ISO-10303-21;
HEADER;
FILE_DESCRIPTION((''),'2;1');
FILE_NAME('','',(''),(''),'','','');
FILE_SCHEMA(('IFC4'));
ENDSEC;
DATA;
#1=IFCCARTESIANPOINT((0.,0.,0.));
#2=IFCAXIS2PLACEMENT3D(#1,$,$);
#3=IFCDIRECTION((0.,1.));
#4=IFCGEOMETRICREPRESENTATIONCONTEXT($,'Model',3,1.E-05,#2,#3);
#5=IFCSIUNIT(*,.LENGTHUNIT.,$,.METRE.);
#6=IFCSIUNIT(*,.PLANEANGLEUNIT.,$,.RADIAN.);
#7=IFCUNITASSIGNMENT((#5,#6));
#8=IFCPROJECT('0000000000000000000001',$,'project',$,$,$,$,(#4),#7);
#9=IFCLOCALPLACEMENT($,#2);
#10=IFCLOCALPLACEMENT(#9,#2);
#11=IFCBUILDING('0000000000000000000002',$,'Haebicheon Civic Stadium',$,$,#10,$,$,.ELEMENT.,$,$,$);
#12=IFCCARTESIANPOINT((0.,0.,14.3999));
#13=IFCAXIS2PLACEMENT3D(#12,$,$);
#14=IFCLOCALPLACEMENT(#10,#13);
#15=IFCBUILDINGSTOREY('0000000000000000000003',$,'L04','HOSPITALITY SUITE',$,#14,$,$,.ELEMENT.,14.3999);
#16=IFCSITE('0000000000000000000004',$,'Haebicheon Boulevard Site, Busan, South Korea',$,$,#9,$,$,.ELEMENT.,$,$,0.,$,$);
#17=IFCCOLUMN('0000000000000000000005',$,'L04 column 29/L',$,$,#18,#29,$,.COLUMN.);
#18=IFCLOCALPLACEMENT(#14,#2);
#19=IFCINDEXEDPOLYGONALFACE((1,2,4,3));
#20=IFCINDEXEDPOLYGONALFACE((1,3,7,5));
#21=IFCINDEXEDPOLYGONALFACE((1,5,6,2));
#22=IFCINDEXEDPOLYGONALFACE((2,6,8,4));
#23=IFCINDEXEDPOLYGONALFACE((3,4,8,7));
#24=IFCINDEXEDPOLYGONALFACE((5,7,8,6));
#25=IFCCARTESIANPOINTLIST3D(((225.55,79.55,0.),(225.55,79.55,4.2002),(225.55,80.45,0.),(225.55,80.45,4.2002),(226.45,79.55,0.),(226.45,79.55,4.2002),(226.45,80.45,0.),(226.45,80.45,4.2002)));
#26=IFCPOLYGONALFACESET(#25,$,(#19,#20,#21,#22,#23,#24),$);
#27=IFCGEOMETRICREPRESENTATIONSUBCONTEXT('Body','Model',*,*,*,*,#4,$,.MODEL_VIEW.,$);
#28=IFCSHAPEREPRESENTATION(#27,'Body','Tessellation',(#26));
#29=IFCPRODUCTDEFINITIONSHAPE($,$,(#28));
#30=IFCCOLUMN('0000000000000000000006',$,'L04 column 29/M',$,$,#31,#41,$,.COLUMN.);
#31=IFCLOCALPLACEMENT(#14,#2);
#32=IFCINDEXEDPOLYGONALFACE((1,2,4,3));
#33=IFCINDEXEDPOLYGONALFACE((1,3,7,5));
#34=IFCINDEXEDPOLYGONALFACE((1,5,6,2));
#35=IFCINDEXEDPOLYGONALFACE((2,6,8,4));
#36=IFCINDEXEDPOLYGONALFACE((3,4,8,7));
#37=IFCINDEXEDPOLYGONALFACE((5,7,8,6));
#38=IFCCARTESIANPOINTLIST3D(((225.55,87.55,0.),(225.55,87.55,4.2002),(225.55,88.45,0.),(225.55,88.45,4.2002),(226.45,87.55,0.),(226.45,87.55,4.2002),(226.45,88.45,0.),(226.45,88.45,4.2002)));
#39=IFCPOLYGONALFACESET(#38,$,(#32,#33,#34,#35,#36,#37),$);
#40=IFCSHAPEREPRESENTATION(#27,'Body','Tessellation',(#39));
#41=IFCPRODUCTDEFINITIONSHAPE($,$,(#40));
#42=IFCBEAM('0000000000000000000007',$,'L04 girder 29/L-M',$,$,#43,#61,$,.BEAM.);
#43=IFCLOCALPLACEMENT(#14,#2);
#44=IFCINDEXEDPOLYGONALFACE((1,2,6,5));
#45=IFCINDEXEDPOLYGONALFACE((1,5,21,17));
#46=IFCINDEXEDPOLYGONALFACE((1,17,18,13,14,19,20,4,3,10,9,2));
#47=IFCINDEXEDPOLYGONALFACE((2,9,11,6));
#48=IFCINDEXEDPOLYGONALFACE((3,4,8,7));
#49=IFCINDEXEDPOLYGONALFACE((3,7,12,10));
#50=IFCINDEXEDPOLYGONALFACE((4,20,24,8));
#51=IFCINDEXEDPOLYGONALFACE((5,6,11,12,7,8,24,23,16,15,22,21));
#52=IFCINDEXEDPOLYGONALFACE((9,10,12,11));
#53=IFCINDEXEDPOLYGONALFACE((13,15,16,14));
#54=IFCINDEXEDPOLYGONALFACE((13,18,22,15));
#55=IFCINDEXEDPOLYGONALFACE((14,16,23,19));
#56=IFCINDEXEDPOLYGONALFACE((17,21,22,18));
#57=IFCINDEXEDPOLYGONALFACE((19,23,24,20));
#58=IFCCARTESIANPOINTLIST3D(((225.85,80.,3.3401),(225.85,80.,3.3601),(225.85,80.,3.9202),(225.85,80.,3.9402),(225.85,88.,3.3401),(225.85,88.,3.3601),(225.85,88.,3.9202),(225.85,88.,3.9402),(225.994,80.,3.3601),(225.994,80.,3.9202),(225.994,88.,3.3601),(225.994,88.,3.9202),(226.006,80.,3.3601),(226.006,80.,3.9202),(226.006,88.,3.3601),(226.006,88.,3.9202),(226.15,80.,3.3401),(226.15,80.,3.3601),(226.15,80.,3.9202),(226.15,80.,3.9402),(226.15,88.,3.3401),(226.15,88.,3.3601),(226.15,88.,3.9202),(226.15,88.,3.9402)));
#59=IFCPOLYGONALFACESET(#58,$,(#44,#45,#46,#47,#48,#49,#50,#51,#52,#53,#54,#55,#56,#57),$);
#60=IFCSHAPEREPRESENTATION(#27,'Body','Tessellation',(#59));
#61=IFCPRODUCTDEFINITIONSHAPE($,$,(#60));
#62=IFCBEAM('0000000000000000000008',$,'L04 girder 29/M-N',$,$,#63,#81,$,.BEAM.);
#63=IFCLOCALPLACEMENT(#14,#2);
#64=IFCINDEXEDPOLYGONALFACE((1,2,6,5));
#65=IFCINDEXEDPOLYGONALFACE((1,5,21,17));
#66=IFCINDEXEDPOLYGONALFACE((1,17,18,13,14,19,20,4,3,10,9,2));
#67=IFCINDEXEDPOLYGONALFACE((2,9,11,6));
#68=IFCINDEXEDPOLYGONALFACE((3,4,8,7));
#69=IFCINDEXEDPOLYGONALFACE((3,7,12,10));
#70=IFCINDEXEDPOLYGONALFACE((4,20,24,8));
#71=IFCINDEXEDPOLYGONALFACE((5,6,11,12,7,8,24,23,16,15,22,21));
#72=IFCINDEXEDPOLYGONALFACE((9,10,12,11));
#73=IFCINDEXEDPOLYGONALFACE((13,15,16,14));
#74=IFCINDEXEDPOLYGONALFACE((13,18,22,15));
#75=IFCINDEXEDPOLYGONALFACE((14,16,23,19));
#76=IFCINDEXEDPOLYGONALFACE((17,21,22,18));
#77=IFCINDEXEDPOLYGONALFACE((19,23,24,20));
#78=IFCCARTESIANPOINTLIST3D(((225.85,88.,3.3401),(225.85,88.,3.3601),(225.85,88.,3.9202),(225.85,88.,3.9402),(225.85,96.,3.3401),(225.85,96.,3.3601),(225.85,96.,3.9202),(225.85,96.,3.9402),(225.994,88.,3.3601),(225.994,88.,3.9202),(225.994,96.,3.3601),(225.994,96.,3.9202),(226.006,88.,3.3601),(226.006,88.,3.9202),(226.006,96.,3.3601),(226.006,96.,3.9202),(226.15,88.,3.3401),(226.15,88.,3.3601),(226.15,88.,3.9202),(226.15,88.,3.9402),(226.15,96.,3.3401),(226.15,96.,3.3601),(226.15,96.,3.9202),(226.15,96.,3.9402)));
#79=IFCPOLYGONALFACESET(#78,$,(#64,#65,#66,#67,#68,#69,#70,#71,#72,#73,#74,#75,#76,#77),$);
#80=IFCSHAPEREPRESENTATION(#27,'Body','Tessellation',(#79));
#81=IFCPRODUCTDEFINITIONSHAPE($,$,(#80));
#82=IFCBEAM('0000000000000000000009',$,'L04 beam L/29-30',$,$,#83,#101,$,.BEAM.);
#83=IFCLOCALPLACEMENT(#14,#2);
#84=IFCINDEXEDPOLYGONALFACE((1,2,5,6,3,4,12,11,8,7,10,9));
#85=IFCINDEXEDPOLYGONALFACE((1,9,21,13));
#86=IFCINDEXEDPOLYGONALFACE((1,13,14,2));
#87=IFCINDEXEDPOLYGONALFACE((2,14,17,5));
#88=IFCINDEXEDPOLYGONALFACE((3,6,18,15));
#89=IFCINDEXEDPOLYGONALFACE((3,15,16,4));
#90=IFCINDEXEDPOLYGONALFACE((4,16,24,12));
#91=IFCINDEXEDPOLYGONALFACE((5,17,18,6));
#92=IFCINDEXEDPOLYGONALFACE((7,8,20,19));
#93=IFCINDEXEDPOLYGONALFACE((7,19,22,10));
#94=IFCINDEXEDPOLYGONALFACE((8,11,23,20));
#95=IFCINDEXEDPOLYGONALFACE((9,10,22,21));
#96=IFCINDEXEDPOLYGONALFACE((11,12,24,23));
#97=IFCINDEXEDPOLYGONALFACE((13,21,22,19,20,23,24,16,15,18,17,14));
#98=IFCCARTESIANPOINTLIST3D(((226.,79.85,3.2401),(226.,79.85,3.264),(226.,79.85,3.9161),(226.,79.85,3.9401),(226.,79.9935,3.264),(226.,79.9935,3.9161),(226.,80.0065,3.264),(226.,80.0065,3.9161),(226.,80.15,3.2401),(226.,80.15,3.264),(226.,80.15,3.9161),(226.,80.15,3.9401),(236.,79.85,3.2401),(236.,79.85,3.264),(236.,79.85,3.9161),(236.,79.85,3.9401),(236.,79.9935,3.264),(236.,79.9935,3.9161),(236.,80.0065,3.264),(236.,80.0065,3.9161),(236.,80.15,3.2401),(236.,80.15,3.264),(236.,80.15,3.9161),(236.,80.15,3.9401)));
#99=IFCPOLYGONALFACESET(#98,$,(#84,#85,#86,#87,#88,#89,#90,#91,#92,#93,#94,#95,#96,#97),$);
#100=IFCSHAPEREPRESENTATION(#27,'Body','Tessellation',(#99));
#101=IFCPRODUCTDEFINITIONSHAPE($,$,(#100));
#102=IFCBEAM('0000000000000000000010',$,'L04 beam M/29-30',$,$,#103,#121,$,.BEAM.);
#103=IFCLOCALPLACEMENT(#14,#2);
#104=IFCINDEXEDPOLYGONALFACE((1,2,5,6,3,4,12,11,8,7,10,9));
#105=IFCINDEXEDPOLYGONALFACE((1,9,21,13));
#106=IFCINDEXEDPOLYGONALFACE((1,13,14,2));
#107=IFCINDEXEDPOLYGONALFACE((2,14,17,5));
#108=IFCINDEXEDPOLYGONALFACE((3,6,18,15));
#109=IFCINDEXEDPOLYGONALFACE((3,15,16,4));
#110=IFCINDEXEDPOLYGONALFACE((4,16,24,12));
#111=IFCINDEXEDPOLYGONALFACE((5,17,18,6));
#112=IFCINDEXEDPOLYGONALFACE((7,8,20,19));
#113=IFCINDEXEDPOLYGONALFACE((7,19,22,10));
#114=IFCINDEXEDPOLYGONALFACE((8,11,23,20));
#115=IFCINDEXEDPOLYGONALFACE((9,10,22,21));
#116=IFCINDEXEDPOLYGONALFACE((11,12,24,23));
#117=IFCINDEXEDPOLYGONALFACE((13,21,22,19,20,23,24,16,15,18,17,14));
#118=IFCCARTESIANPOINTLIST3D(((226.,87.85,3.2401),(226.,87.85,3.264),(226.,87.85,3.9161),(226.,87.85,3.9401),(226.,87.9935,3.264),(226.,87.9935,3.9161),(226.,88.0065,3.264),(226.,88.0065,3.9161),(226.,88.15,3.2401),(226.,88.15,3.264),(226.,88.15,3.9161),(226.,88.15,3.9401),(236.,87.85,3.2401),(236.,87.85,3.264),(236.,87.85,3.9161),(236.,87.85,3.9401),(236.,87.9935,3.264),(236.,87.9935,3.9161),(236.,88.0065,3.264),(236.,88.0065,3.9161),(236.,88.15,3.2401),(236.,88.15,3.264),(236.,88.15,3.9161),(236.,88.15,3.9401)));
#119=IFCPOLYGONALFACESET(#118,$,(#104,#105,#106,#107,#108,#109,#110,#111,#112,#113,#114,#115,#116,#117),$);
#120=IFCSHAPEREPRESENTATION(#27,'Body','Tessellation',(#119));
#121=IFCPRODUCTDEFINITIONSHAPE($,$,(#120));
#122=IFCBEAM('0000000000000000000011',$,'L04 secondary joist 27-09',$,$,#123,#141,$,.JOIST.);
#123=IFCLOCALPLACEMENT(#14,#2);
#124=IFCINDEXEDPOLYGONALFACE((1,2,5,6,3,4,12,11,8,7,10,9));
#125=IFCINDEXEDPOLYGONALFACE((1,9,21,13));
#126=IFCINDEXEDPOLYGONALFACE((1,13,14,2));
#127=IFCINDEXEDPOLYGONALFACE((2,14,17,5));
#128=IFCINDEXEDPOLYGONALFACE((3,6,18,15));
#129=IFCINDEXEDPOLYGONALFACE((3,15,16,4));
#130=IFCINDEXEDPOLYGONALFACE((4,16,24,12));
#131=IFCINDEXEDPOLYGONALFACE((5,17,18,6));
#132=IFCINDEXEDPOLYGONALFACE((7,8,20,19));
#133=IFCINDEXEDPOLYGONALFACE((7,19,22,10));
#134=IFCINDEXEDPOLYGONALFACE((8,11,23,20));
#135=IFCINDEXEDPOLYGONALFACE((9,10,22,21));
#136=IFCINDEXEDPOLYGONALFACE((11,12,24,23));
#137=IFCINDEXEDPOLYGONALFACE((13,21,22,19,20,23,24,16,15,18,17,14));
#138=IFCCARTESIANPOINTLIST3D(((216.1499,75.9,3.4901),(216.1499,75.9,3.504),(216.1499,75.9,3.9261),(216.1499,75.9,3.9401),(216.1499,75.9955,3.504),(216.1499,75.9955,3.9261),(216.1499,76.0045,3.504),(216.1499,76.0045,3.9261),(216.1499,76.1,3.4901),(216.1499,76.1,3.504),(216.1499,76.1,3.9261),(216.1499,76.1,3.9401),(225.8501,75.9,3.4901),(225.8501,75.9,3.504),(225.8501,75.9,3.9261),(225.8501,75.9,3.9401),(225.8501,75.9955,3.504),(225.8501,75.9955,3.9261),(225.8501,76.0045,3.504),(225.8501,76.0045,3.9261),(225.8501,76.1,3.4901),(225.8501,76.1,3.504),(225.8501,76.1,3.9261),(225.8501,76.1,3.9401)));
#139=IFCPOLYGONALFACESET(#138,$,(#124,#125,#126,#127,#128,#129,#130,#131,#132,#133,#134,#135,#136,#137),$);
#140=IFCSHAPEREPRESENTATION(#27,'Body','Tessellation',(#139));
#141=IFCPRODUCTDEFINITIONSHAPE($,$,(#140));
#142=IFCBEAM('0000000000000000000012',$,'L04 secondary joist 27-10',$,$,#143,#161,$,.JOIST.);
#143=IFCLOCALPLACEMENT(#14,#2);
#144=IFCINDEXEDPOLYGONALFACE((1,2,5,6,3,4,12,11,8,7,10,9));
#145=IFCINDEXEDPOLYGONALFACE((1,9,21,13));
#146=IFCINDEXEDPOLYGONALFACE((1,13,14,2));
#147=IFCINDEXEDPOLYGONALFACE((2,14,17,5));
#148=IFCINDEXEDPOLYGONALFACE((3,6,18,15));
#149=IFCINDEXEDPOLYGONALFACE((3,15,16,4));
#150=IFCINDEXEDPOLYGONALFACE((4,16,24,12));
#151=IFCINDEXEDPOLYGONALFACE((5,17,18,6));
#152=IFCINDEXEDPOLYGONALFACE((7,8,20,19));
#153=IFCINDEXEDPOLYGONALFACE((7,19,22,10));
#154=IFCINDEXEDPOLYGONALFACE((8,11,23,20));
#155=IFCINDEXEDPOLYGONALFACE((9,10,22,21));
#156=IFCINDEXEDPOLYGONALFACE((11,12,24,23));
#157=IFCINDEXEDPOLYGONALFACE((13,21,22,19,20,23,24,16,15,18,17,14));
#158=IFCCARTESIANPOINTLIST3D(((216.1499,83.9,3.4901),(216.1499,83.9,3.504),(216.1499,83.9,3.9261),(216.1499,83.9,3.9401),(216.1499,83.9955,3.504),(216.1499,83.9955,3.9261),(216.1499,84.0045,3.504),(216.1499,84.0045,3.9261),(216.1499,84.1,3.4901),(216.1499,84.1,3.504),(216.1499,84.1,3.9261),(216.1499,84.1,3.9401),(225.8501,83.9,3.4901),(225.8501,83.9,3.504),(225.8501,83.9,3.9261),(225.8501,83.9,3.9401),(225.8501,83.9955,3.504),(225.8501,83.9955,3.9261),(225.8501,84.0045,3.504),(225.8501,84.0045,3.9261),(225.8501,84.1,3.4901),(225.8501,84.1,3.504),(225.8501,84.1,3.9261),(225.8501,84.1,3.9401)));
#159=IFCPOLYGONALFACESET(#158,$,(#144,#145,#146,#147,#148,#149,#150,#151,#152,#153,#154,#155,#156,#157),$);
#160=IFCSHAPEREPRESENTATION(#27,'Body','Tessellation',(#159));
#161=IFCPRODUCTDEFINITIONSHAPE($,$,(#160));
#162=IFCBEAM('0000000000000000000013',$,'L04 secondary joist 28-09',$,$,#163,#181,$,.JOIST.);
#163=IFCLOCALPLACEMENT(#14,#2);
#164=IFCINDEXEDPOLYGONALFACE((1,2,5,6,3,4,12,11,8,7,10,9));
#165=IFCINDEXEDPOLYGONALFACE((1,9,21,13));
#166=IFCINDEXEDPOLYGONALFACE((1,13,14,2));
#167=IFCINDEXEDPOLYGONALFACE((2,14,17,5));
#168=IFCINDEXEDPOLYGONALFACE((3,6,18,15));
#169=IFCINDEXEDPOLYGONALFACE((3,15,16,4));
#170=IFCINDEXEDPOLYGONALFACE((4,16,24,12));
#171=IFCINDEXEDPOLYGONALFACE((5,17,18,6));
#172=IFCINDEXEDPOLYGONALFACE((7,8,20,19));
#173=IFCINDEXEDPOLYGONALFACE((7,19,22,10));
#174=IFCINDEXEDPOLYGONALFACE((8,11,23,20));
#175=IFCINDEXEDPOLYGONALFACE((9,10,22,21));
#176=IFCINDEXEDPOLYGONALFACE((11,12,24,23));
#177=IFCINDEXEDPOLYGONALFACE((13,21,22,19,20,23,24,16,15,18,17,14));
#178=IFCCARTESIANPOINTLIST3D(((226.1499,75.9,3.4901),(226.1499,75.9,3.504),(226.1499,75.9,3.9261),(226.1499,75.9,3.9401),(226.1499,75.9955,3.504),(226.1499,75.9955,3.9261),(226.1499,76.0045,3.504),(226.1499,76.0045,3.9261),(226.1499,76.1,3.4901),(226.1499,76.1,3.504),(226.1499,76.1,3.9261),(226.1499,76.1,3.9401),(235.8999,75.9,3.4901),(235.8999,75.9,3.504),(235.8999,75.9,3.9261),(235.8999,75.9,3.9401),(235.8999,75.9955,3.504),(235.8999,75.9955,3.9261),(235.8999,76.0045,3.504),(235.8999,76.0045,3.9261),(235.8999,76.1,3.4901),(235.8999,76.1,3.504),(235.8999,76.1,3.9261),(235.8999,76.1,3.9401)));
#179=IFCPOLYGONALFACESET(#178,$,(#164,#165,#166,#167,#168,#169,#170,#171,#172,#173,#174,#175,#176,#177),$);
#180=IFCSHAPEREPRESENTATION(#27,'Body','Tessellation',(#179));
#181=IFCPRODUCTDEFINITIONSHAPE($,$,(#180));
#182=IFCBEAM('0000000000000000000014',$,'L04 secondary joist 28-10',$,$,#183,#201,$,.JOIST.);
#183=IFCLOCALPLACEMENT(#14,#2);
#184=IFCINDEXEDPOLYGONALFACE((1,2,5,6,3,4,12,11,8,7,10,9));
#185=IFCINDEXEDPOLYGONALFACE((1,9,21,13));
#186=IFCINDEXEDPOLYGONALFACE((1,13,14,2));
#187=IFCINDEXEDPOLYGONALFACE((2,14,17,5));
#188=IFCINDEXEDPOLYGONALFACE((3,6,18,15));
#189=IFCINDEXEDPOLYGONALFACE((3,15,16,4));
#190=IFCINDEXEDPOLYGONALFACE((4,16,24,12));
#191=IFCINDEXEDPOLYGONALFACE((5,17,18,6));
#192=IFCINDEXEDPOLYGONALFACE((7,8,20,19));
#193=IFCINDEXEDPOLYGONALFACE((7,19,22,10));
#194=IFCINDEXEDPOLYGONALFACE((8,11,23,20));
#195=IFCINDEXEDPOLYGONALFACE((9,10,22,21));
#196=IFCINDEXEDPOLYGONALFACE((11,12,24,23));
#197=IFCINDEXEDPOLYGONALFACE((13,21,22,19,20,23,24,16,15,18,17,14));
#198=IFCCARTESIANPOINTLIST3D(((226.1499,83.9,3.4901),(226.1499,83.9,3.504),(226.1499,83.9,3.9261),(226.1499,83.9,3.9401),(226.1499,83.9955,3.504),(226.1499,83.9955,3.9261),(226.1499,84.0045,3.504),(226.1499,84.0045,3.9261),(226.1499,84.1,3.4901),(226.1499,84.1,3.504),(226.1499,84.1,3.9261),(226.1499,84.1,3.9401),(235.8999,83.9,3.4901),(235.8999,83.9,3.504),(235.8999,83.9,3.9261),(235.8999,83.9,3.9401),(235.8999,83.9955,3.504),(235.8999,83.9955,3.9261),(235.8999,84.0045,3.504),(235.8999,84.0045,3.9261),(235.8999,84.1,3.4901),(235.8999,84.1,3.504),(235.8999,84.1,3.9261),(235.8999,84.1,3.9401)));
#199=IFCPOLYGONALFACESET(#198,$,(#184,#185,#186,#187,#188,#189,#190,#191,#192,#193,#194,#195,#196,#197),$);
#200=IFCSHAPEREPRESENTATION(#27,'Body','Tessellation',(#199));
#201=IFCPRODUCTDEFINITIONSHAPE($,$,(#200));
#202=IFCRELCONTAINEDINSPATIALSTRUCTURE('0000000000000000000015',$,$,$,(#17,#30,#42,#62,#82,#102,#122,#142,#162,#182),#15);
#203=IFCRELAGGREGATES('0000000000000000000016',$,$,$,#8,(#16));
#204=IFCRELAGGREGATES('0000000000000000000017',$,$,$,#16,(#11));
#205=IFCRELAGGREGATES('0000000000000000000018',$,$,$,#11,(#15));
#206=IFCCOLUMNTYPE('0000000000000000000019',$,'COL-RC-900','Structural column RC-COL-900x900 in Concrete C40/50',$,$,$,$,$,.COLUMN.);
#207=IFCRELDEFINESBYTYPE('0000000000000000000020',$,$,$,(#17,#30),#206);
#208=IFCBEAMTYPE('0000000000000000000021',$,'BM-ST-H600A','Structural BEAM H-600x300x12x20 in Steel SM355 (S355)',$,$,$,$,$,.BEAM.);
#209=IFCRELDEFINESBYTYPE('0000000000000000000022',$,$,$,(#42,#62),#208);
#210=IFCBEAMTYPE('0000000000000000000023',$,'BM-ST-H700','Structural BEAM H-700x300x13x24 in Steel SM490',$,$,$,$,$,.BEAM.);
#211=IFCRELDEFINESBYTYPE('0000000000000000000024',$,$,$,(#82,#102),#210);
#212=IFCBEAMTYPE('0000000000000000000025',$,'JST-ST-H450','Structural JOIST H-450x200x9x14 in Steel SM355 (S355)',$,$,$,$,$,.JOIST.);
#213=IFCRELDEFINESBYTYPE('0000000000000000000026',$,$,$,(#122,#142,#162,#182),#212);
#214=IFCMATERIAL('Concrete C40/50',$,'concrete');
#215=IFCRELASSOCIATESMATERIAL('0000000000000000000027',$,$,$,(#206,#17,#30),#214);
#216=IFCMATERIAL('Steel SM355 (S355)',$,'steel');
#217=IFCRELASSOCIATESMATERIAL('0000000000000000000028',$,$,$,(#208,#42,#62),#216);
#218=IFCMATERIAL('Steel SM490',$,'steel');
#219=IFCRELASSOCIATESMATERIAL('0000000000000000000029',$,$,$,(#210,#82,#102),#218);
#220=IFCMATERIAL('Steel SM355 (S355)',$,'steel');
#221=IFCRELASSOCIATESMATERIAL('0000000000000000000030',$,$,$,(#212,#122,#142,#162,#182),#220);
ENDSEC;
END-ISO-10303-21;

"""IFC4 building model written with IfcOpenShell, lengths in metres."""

from ifc_helpers import new_model, si_unit, direction, frame, origin, origin_2d, place, context, subcontext, project, spatial, rectangle, i_section, extrude, material, material_profile, profile_set, type_object, element, save


model = new_model("IFC4")

# Units and contexts
model_context = context("Model", 3, precision=1e-05, world=origin(), true_north=direction((0.0, 1.0)))
body_context = subcontext(model_context, "Body", "Model", "MODEL_VIEW")
ifc_project = project(units=[si_unit("LENGTHUNIT", "METRE"), si_unit("PLANEANGLEUNIT", "RADIAN")], contexts=[model_context])

# Site, building, storey
site_placement = place(None, origin())
site = spatial("IfcSite", under=ifc_project, at=site_placement, Name="Haebicheon Boulevard Site, Busan, South Korea", CompositionType="ELEMENT", RefElevation=0.0)
building_placement = place(site_placement, origin())
building = spatial("IfcBuilding", under=site, at=building_placement, Name="Haebicheon Civic Stadium", CompositionType="ELEMENT")
storey_placement = place(building_placement, frame((0.0, 0.0, 14.3999)))
storey = spatial("IfcBuildingStorey", under=building, at=storey_placement, Name="L04", Description="HOSPITALITY SUITE", CompositionType="ELEMENT", Elevation=14.3999)

# Columns
ifc_material_1 = material(Name="Concrete C40/50", Category="concrete")
ifc_material_profile_1 = material_profile(ifc_material_1, rectangle(XDim=0.8999, YDim=0.8999, at=origin_2d()), Name="RC-COL-900x900")
ifc_profile_set_1 = profile_set([ifc_material_profile_1], Name="Concrete C40/50")
column_type = type_object("IfcColumnType", Name="COL-RC-900", Description="Structural column RC-COL-900x900 in Concrete C40/50", PredefinedType="COLUMN", material=ifc_profile_set_1)
for number, where, z_axis, x_axis, name in (
    (1, (226.0, 80.0, 0.0), (0.0, 0.0, 1.0), (1.0, 0.0, 0.0), "L04 column 29/L"),
    (2, (226.0, 88.0, 0.0), (0.0, 0.0, 1.0), (1.0, 0.0, 0.0), "L04 column 29/M"),
):
    element("IfcColumn", number, at=place(storey_placement, frame(where, z_axis=z_axis, x_axis=x_axis)), inside=storey, type_object=column_type, material=ifc_profile_set_1, Name=name, PredefinedType="COLUMN", context=body_context, shape_type="SweptSolid", body=[
        extrude(rectangle(XDim=0.8999, YDim=0.8999, at=origin_2d()), origin(), (0.0, 0.0, 1.0), 4.2002),
    ])

# Beams
ifc_material_2 = material(Name="Steel SM355 (S355)", Category="steel")
ifc_material_profile_2 = material_profile(ifc_material_2, i_section(OverallWidth=0.3, OverallDepth=0.6001, WebThickness=0.012, FlangeThickness=0.02, at=origin_2d()), Name="H-600x300x12x20")
ifc_profile_set_2 = profile_set([ifc_material_profile_2], Name="Steel SM355 (S355)")
beam_type_1 = type_object("IfcBeamType", Name="BM-ST-H600A", Description="Structural BEAM H-600x300x12x20 in Steel SM355 (S355)", PredefinedType="BEAM", material=ifc_profile_set_2)
for number, where, z_axis, x_axis, name in (
    (3, (226.0, 80.0, 3.6401), (0.0, 1.0, 0.0), (-1.0, 0.0, 0.0), "L04 girder 29/L-M"),
    (4, (226.0, 88.0, 3.6401), (0.0, 1.0, 0.0), (-1.0, 0.0, 0.0), "L04 girder 29/M-N"),
):
    element("IfcBeam", number, at=place(storey_placement, frame(where, z_axis=z_axis, x_axis=x_axis)), inside=storey, type_object=beam_type_1, material=ifc_profile_set_2, Name=name, PredefinedType="BEAM", context=body_context, shape_type="SweptSolid", body=[
        extrude(i_section(OverallWidth=0.3, OverallDepth=0.6001, WebThickness=0.012, FlangeThickness=0.02, at=origin_2d()), origin(), (0.0, 0.0, 1.0), 8.0),
    ])
ifc_material_3 = material(Name="Steel SM490", Category="steel")
ifc_material_profile_3 = material_profile(ifc_material_3, i_section(OverallWidth=0.3, OverallDepth=0.7, WebThickness=0.0129, FlangeThickness=0.0239, at=origin_2d()), Name="H-700x300x13x24")
ifc_profile_set_3 = profile_set([ifc_material_profile_3], Name="Steel SM490")
beam_type_2 = type_object("IfcBeamType", Name="BM-ST-H700", Description="Structural BEAM H-700x300x13x24 in Steel SM490", PredefinedType="BEAM", material=ifc_profile_set_3)
for number, where, z_axis, x_axis, name in (
    (5, (226.0, 80.0, 3.5901), (1.0, 0.0, 0.0), (0.0, 1.0, 0.0), "L04 beam L/29-30"),
    (6, (226.0, 88.0, 3.5901), (1.0, 0.0, 0.0), (0.0, 1.0, 0.0), "L04 beam M/29-30"),
):
    element("IfcBeam", number, at=place(storey_placement, frame(where, z_axis=z_axis, x_axis=x_axis)), inside=storey, type_object=beam_type_2, material=ifc_profile_set_3, Name=name, PredefinedType="BEAM", context=body_context, shape_type="SweptSolid", body=[
        extrude(i_section(OverallWidth=0.3, OverallDepth=0.7, WebThickness=0.0129, FlangeThickness=0.0239, at=origin_2d()), origin(), (0.0, 0.0, 1.0), 10.0),
    ])
ifc_material_4 = material(Name="Steel SM355 (S355)", Category="steel")
ifc_material_profile_4 = material_profile(ifc_material_4, i_section(OverallWidth=0.2, OverallDepth=0.45, WebThickness=0.009, FlangeThickness=0.0139, at=origin_2d()), Name="H-450x200x9x14")
ifc_profile_set_4 = profile_set([ifc_material_profile_4], Name="Steel SM355 (S355)")
beam_type_3 = type_object("IfcBeamType", Name="JST-ST-H450", Description="Structural JOIST H-450x200x9x14 in Steel SM355 (S355)", PredefinedType="JOIST", material=ifc_profile_set_4)
for number, where, z_axis, x_axis, name in (
    (7, (216.1499, 76.0, 3.7151), (1.0, 0.0, 0.0), (0.0, 1.0, 0.0), "L04 secondary joist 27-09"),
    (8, (216.1499, 84.0, 3.7151), (1.0, 0.0, 0.0), (0.0, 1.0, 0.0), "L04 secondary joist 27-10"),
):
    element("IfcBeam", number, at=place(storey_placement, frame(where, z_axis=z_axis, x_axis=x_axis)), inside=storey, type_object=beam_type_3, material=ifc_profile_set_4, Name=name, PredefinedType="JOIST", context=body_context, shape_type="SweptSolid", body=[
        extrude(i_section(OverallWidth=0.2, OverallDepth=0.45, WebThickness=0.009, FlangeThickness=0.0139, at=origin_2d()), origin(), (0.0, 0.0, 1.0), 9.7002),
    ])
for number, where, z_axis, x_axis, name in (
    (9, (226.1499, 76.0, 3.7151), (1.0, 0.0, 0.0), (0.0, 1.0, 0.0), "L04 secondary joist 28-09"),
    (10, (226.1499, 84.0, 3.7151), (1.0, 0.0, 0.0), (0.0, 1.0, 0.0), "L04 secondary joist 28-10"),
):
    element("IfcBeam", number, at=place(storey_placement, frame(where, z_axis=z_axis, x_axis=x_axis)), inside=storey, type_object=beam_type_3, material=ifc_profile_set_4, Name=name, PredefinedType="JOIST", context=body_context, shape_type="SweptSolid", body=[
        extrude(i_section(OverallWidth=0.2, OverallDepth=0.45, WebThickness=0.009, FlangeThickness=0.0139, at=origin_2d()), origin(), (0.0, 0.0, 1.0), 9.75),
    ])

save(model, "model.ifc")
